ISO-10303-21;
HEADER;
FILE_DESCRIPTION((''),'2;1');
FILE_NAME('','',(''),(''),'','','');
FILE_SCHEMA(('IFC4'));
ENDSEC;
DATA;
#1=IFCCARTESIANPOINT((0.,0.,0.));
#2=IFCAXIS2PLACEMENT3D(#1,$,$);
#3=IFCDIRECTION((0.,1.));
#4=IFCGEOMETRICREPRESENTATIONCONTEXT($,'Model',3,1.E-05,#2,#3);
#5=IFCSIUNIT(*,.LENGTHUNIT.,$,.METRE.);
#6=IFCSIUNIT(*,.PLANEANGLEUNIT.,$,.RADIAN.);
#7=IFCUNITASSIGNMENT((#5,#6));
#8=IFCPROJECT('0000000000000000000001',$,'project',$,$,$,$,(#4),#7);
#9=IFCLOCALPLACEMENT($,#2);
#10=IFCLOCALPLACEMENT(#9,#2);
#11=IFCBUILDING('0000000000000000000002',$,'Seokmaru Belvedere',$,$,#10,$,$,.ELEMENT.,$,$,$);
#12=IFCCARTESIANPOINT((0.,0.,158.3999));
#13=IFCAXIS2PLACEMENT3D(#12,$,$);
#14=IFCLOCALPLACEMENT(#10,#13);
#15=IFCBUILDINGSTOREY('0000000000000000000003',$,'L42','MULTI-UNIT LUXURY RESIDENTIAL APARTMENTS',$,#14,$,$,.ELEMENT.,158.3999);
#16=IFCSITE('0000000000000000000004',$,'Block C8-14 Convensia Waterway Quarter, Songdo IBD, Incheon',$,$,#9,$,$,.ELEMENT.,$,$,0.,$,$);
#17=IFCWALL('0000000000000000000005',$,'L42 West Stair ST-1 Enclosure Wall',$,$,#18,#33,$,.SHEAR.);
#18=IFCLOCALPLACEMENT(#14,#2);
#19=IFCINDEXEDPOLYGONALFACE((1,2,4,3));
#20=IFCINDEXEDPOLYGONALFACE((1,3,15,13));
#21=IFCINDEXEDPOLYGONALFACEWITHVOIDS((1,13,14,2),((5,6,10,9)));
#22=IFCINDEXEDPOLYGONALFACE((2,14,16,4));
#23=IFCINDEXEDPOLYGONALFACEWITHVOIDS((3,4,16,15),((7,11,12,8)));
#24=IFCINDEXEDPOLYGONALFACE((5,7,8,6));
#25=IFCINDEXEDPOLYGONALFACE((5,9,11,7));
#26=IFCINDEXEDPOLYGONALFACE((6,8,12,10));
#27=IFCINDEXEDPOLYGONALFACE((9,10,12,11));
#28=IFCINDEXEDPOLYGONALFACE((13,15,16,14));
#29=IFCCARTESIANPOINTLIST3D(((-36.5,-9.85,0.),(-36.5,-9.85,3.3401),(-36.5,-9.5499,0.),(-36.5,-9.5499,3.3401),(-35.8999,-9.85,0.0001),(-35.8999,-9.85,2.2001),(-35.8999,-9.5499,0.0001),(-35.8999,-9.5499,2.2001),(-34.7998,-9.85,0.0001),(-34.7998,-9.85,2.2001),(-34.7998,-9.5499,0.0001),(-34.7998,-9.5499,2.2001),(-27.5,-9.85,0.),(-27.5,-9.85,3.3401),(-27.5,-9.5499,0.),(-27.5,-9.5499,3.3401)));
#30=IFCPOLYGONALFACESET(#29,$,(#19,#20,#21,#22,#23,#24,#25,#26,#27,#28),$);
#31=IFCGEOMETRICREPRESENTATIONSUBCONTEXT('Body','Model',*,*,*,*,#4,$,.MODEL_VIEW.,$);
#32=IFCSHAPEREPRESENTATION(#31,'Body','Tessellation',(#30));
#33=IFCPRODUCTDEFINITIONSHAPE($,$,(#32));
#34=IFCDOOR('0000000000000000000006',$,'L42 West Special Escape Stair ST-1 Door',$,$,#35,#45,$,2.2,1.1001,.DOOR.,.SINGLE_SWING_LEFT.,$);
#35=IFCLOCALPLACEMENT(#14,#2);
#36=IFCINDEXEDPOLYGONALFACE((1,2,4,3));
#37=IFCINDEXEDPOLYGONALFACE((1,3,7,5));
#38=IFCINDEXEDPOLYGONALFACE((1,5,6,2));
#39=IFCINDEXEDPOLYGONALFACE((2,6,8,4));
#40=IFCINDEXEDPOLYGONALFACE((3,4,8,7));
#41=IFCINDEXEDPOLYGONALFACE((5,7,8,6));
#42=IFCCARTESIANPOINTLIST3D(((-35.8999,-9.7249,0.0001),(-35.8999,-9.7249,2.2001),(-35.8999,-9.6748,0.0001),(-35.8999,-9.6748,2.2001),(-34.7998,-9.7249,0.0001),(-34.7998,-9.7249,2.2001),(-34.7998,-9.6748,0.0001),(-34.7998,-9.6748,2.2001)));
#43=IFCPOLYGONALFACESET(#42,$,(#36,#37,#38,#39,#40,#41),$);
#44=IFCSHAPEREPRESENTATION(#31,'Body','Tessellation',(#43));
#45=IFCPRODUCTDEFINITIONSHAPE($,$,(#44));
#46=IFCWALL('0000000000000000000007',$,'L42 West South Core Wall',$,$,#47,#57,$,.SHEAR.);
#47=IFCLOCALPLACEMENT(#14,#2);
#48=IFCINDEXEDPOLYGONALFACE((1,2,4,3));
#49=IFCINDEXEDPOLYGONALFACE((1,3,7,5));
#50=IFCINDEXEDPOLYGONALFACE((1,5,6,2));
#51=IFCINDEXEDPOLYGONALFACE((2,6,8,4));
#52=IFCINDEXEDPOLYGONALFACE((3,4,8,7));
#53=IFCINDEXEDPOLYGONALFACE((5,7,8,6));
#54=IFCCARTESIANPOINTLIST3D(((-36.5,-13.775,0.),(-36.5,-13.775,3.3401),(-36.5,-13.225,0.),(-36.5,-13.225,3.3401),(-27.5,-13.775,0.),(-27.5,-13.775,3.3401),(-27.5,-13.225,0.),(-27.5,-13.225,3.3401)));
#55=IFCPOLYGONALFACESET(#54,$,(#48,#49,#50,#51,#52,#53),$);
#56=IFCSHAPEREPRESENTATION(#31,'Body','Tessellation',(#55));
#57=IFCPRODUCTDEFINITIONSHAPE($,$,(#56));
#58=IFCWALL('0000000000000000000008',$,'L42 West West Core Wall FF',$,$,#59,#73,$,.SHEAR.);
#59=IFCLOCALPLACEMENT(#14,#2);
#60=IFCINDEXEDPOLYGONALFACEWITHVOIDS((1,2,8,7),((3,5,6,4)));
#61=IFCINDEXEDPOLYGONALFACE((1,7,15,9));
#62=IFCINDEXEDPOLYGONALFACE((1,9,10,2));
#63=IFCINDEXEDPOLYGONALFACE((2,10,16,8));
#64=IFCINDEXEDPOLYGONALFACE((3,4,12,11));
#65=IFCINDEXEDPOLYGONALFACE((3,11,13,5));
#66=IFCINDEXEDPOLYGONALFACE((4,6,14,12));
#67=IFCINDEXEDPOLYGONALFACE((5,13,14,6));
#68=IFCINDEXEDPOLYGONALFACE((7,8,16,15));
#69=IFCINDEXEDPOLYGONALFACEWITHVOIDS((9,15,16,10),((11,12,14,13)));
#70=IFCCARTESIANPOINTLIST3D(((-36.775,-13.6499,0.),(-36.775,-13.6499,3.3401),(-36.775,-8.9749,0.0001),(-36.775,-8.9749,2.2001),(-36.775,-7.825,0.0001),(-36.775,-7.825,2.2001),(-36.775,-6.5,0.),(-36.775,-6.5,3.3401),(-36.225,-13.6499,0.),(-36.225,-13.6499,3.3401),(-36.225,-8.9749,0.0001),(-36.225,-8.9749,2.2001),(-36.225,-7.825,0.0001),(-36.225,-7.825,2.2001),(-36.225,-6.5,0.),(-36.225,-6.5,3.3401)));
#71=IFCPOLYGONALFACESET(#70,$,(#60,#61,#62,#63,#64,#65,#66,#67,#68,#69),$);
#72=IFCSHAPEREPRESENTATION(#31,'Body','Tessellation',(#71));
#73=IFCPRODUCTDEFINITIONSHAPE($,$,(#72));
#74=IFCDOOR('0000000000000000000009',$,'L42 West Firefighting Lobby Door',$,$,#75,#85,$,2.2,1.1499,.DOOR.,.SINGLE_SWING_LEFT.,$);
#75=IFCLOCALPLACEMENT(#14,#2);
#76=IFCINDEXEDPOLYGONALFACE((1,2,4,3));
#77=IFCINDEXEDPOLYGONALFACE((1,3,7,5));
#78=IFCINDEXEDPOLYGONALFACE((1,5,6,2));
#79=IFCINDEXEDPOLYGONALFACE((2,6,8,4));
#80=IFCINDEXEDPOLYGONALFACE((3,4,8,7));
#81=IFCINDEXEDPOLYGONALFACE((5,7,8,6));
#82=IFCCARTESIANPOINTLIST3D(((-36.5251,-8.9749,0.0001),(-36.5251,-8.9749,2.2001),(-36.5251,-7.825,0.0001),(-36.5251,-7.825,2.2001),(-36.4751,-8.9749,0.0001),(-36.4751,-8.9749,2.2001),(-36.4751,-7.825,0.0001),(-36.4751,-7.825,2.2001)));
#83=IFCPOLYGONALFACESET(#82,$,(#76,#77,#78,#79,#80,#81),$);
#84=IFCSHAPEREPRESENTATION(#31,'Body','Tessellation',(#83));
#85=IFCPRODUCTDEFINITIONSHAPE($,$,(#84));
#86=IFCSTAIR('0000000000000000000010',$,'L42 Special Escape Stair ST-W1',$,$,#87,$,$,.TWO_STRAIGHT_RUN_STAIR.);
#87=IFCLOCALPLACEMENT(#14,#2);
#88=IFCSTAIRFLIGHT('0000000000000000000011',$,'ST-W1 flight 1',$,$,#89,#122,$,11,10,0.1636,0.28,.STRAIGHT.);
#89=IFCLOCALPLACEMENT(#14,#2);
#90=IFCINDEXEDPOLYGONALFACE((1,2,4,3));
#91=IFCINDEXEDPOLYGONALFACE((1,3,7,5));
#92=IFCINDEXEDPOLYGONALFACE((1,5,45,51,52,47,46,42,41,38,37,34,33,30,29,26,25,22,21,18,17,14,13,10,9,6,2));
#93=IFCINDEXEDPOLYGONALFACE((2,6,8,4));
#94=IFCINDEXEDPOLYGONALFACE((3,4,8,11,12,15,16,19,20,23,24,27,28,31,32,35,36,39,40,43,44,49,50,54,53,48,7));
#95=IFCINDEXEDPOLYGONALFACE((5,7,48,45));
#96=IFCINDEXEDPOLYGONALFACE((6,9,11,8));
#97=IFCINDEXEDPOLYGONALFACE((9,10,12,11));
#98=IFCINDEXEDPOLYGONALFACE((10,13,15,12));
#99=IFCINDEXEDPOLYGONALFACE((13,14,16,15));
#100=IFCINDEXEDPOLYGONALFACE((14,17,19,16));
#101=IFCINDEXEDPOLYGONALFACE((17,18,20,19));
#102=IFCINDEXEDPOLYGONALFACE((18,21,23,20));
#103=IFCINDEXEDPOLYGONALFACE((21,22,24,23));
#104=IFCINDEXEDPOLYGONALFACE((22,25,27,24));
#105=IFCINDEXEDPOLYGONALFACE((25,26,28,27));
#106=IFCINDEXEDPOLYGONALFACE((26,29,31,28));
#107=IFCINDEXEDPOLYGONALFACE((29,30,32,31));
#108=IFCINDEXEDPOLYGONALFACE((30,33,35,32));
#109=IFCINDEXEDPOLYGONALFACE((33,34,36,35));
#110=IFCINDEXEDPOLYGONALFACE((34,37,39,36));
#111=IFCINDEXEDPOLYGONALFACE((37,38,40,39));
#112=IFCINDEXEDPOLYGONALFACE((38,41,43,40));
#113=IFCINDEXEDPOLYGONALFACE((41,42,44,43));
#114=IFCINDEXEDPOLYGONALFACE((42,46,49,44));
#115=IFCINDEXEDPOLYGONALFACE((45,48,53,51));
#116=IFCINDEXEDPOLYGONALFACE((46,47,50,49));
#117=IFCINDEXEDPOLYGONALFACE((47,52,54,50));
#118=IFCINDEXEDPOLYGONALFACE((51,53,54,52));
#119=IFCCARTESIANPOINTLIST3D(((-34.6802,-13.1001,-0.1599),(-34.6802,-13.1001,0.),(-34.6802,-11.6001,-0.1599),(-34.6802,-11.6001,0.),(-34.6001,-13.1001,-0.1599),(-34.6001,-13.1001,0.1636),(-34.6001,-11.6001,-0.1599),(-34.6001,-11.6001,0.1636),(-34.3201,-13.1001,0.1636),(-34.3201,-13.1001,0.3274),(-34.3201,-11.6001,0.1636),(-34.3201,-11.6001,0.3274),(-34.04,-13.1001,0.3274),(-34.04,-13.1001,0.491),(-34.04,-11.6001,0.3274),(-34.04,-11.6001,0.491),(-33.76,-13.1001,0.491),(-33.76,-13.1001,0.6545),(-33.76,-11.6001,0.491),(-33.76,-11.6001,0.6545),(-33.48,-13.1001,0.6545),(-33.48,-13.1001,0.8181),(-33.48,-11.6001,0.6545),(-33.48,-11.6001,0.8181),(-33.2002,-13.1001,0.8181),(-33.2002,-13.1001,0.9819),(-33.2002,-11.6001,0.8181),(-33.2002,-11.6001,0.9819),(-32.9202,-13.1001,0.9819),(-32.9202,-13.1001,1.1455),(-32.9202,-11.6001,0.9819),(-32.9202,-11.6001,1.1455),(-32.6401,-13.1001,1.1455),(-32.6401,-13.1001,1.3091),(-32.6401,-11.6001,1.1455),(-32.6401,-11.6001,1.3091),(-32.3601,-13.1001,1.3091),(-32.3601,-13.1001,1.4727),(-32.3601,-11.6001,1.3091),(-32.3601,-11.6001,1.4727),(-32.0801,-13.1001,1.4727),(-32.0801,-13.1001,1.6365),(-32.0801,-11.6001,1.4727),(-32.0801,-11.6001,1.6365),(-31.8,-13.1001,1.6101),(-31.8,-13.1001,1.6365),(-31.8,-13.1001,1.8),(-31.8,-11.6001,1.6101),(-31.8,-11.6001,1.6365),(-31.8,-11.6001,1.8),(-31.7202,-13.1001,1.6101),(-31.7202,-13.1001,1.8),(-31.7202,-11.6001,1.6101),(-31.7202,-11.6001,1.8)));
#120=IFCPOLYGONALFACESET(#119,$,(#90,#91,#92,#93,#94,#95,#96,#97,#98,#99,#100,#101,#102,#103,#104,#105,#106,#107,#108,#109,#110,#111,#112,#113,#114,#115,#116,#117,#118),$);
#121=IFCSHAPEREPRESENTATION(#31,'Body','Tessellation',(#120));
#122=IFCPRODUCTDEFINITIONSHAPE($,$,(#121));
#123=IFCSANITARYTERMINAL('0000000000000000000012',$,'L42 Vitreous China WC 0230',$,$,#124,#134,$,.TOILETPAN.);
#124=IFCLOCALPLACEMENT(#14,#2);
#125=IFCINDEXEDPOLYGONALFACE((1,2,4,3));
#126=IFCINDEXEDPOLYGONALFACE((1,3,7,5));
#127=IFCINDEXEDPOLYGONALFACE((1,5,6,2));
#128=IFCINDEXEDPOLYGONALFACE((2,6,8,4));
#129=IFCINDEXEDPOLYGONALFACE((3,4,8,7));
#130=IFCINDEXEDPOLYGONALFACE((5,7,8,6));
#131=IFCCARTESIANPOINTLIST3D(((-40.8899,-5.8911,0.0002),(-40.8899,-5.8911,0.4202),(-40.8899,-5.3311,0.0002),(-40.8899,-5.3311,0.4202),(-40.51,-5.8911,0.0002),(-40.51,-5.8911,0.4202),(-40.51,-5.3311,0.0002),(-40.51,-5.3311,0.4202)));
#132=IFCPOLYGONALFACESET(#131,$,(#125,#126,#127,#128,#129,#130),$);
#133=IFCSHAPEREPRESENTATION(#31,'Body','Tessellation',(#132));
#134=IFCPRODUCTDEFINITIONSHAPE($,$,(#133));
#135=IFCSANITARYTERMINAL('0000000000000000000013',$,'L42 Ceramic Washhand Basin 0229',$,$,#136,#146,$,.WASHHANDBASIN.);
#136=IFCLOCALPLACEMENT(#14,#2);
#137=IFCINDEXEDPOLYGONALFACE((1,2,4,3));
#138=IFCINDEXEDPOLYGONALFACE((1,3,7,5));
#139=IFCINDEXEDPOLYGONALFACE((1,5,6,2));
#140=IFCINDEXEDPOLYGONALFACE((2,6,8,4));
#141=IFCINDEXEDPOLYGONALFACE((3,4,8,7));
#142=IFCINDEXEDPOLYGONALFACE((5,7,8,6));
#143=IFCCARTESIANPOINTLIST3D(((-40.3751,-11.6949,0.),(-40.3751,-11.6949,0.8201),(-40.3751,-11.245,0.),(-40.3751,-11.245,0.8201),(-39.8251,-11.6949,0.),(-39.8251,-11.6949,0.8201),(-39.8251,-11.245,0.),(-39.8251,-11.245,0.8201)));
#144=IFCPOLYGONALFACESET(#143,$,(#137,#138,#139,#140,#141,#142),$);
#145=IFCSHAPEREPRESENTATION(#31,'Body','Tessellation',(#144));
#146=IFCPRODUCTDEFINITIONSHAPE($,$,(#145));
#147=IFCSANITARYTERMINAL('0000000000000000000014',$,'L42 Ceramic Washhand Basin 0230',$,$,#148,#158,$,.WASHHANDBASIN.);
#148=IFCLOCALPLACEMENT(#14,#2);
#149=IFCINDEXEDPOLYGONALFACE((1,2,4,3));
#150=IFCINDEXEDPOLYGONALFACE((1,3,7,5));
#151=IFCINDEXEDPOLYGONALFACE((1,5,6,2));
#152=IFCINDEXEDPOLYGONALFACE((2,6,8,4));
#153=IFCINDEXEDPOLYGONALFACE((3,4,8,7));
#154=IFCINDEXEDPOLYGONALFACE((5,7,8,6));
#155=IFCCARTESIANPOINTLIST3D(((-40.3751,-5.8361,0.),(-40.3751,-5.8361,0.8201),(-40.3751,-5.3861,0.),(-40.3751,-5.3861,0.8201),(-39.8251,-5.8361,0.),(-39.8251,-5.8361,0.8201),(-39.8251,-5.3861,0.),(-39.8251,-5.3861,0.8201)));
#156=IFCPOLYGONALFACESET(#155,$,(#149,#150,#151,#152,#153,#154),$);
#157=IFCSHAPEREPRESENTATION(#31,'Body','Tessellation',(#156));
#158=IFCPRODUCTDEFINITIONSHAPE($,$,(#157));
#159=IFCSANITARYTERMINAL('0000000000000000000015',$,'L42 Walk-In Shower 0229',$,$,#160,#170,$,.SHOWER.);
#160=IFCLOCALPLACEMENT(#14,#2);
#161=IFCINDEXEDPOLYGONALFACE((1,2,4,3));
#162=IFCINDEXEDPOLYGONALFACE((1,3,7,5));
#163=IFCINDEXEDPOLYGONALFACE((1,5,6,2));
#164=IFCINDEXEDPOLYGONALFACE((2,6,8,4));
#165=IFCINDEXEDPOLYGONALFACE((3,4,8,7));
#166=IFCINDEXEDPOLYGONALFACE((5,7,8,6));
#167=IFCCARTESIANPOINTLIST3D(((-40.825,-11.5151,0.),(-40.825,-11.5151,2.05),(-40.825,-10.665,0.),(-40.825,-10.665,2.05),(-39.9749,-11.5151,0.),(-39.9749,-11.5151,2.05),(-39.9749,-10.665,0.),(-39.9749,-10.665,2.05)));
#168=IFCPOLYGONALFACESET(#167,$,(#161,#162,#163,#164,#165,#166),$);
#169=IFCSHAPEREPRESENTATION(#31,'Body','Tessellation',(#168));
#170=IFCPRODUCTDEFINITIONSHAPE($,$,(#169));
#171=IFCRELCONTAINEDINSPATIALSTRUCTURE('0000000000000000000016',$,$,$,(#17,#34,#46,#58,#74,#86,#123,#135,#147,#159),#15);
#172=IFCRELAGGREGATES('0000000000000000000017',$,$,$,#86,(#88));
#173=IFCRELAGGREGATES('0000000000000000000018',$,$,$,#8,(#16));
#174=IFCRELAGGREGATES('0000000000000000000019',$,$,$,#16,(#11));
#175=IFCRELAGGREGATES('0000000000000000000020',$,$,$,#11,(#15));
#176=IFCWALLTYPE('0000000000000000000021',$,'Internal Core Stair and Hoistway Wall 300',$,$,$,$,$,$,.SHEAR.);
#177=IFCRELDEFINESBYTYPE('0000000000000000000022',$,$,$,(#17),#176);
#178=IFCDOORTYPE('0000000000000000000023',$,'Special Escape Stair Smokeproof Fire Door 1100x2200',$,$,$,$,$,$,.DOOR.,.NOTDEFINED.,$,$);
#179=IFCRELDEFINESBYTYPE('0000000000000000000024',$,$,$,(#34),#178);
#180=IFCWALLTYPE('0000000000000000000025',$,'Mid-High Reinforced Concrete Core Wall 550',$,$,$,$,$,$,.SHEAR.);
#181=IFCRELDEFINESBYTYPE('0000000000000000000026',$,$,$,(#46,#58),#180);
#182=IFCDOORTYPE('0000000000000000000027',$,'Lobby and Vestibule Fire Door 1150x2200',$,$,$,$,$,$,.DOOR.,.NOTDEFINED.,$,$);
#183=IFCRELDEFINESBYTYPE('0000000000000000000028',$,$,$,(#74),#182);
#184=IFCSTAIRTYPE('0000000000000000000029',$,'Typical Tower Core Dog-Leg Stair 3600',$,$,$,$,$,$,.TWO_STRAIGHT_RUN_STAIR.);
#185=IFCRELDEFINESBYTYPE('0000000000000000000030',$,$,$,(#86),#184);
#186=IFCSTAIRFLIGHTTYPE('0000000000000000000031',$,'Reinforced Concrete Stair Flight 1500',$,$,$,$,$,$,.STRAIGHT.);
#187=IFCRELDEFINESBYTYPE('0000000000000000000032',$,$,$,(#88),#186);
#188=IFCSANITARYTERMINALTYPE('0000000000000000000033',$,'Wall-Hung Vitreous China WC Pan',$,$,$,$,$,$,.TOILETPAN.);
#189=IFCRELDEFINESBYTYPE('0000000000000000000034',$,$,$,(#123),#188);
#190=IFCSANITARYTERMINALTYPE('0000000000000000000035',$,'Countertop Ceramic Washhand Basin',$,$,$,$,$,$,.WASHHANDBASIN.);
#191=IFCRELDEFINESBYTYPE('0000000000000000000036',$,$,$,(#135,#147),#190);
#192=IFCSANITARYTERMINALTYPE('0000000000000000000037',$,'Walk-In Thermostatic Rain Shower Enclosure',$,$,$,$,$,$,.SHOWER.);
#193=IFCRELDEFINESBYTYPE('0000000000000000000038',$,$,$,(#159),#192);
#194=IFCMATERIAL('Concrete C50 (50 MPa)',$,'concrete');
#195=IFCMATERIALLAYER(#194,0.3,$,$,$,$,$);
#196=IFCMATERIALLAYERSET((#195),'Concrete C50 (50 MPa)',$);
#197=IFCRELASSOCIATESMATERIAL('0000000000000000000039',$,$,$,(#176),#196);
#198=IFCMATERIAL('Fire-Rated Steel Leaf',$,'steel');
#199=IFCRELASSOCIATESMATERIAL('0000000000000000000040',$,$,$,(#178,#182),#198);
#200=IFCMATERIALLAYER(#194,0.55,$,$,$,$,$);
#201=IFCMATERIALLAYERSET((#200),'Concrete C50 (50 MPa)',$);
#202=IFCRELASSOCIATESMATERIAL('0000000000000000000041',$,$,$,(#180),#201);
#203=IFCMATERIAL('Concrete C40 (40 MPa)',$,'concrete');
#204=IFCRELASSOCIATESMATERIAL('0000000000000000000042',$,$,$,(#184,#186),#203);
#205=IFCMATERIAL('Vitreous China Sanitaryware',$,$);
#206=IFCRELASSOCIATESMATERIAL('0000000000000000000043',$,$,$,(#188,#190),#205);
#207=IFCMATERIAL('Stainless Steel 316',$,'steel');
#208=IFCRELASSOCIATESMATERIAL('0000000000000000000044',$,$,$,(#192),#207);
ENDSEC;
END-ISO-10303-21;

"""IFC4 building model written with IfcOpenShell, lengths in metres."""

from ifc_helpers import new_model, si_unit, direction, frame, frame_2d, origin, origin_2d, place, context, subcontext, project, spatial, polyline, rectangle, outline, extrude, source, transform, mapped, material, layer, layer_set, type_object, type_shapes, element, fill, aggregate, save


model = new_model("IFC4")

# Units and contexts
model_context = context("Model", 3, precision=1e-05, world=origin(), true_north=direction((0.0, 1.0)))
body_context = subcontext(model_context, "Body", "Model", "MODEL_VIEW")
ifc_project = project(units=[si_unit("LENGTHUNIT", "METRE"), si_unit("PLANEANGLEUNIT", "RADIAN")], contexts=[model_context])

# Site, building, storey
site_placement = place(None, origin())
site = spatial("IfcSite", under=ifc_project, at=site_placement, Name="Block C8-14 Convensia Waterway Quarter, Songdo IBD, Incheon", CompositionType="ELEMENT", RefElevation=0.0)
building_placement = place(site_placement, origin())
building = spatial("IfcBuilding", under=site, at=building_placement, Name="Seokmaru Belvedere", CompositionType="ELEMENT")
storey_placement = place(building_placement, frame((0.0, 0.0, 158.3999)))
storey = spatial("IfcBuildingStorey", under=building, at=storey_placement, Name="L42", Description="MULTI-UNIT LUXURY RESIDENTIAL APARTMENTS", CompositionType="ELEMENT", Elevation=158.3999)

# Shared definitions
ifc_material_1 = material(Name="Fire-Rated Steel Leaf", Category="steel")

# Wall, opening, door
ifc_material_2 = material(Name="Concrete C50 (50 MPa)", Category="concrete")
ifc_layer_1 = layer(ifc_material_2, 0.3)
ifc_layer_set_1 = layer_set([ifc_layer_1], Name="Concrete C50 (50 MPa)")
wall_type_1 = type_object("IfcWallType", Name="Internal Core Stair and Hoistway Wall 300", PredefinedType="SHEAR", material=ifc_layer_set_1)
wall_1_placement = place(storey_placement, frame((-36.5, -9.7, 0.0), z_axis=(0.0, 0.0, 1.0), x_axis=(1.0, 0.0, 0.0)))
wall_1 = element("IfcWall", 1, at=wall_1_placement, inside=storey, type_object=wall_type_1, Name="L42 West Stair ST-1 Enclosure Wall", PredefinedType="SHEAR", context=body_context, shape_type="SweptSolid", body=[
    extrude(rectangle(XDim=9.0, YDim=0.3, at=frame_2d((4.5, 0.0))), origin(), (0.0, 0.0, 1.0), 3.3401),
])
opening_1_placement = place(wall_1_placement, frame((0.6001, 0.0, 0.0)))
opening_1 = element("IfcOpeningElement", 2, at=opening_1_placement, cuts=wall_1, PredefinedType="OPENING", context=body_context, shape_type="SweptSolid", body=[
    extrude(rectangle(XDim=1.1001, YDim=2.2, at=frame_2d((0.55, 1.1001))), frame((0.0, 0.1602, 0.0), z_axis=(0.0, -1.0, 0.0), x_axis=(1.0, 0.0, 0.0)), (0.0, 0.0, 1.0), 0.3201),
])
door_type_1 = type_object("IfcDoorType", Name="Special Escape Stair Smokeproof Fire Door 1100x2200", OperationType="NOTDEFINED", PredefinedType="DOOR", material=ifc_material_1)
shared_shape_1 = source(origin(), body_context, "Body", "SweptSolid", [
    extrude(rectangle(XDim=1.1001, YDim=2.2, at=frame_2d((0.55, 1.1001))), frame((0.0, 0.0249, 0.0), z_axis=(0.0, -1.0, 0.0), x_axis=(1.0, 0.0, 0.0)), (0.0, 0.0, 1.0), 0.05),
])
type_shapes(door_type_1, [shared_shape_1])
door_1_placement = place(opening_1_placement, frame((1.1001, 0.0, 0.0), z_axis=(0.0, 0.0, 1.0), x_axis=(-1.0, 0.0, 0.0)))
door_1 = element("IfcDoor", 3, at=door_1_placement, inside=storey, type_object=door_type_1, Name="L42 West Special Escape Stair ST-1 Door", OperationType="SINGLE_SWING_LEFT", OverallHeight=2.2, OverallWidth=1.1001, PredefinedType="DOOR", context=body_context, shape_type="MappedRepresentation", body=[
    mapped(shared_shape_1, transform((0.0, 0.0, 0.0), scale=1.0)),
])
fill(opening_1, door_1)

# Wall
ifc_layer_2 = layer(ifc_material_2, 0.55)
ifc_layer_set_2 = layer_set([ifc_layer_2], Name="Concrete C50 (50 MPa)")
wall_type_2 = type_object("IfcWallType", Name="Mid-High Reinforced Concrete Core Wall 550", PredefinedType="SHEAR", material=ifc_layer_set_2)
wall_2_placement = place(storey_placement, frame((-36.5, -13.5, 0.0), z_axis=(0.0, 0.0, 1.0), x_axis=(1.0, 0.0, 0.0)))
element("IfcWall", 4, at=wall_2_placement, inside=storey, type_object=wall_type_2, Name="L42 West South Core Wall", PredefinedType="SHEAR", context=body_context, shape_type="SweptSolid", body=[
    extrude(rectangle(XDim=9.0, YDim=0.55, at=frame_2d((4.5, 0.0))), origin(), (0.0, 0.0, 1.0), 3.3401),
])

# Wall, opening, door
wall_3_placement = place(storey_placement, frame((-36.5, -13.6499, 0.0), z_axis=(0.0, 0.0, 1.0), x_axis=(0.0, 1.0, 0.0)))
wall_3 = element("IfcWall", 5, at=wall_3_placement, inside=storey, type_object=wall_type_2, Name="L42 West West Core Wall FF", PredefinedType="SHEAR", context=body_context, shape_type="SweptSolid", body=[
    extrude(rectangle(XDim=7.1499, YDim=0.55, at=frame_2d((3.575, 0.0))), origin(), (0.0, 0.0, 1.0), 3.3401),
])
opening_2_placement = place(wall_3_placement, frame((4.675, 0.0, 0.0)))
opening_2 = element("IfcOpeningElement", 6, at=opening_2_placement, cuts=wall_3, PredefinedType="OPENING", context=body_context, shape_type="SweptSolid", body=[
    extrude(rectangle(XDim=1.1499, YDim=2.2, at=frame_2d((0.575, 1.1001))), frame((0.0, 0.2852, 0.0), z_axis=(0.0, -1.0, 0.0), x_axis=(1.0, 0.0, 0.0)), (0.0, 0.0, 1.0), 0.5701),
])
door_type_2 = type_object("IfcDoorType", Name="Lobby and Vestibule Fire Door 1150x2200", OperationType="NOTDEFINED", PredefinedType="DOOR", material=ifc_material_1)
shared_shape_2 = source(origin(), body_context, "Body", "SweptSolid", [
    extrude(rectangle(XDim=1.1499, YDim=2.2, at=frame_2d((0.575, 1.1001))), frame((0.0, 0.0249, 0.0), z_axis=(0.0, -1.0, 0.0), x_axis=(1.0, 0.0, 0.0)), (0.0, 0.0, 1.0), 0.05),
])
type_shapes(door_type_2, [shared_shape_2])
door_2_placement = place(opening_2_placement, frame((1.1499, 0.0, 0.0), z_axis=(0.0, 0.0, 1.0), x_axis=(-1.0, 0.0, 0.0)))
door_2 = element("IfcDoor", 7, at=door_2_placement, inside=storey, type_object=door_type_2, Name="L42 West Firefighting Lobby Door", OperationType="SINGLE_SWING_LEFT", OverallHeight=2.2, OverallWidth=1.1499, PredefinedType="DOOR", context=body_context, shape_type="MappedRepresentation", body=[
    mapped(shared_shape_2, transform((0.0, 0.0, 0.0), scale=1.0)),
])
fill(opening_2, door_2)

# Stair, stair flight
ifc_material_3 = material(Name="Concrete C40 (40 MPa)", Category="concrete")
stair_type = type_object("IfcStairType", Name="Typical Tower Core Dog-Leg Stair 3600", PredefinedType="TWO_STRAIGHT_RUN_STAIR", material=ifc_material_3)
stair_placement = place(storey_placement, origin())
stair = element("IfcStair", 8, at=stair_placement, inside=storey, type_object=stair_type, Name="L42 Special Escape Stair ST-W1", PredefinedType="TWO_STRAIGHT_RUN_STAIR")
stair_flight_type = type_object("IfcStairFlightType", Name="Reinforced Concrete Stair Flight 1500", PredefinedType="STRAIGHT", material=ifc_material_3)
stair_flight_placement = place(storey_placement, frame((-34.6001, -12.3501, 0.0), z_axis=(0.0, 0.0, 1.0), x_axis=(1.0, 0.0, 0.0)))
stair_flight = element("IfcStairFlight", 9, at=stair_flight_placement, type_object=stair_flight_type, Name="ST-W1 flight 1", NumberOfRisers=11, NumberOfTreads=10, PredefinedType="STRAIGHT", RiserHeight=0.1636, TreadLength=0.28, context=body_context, shape_type="SweptSolid", body=[
    extrude(outline(polyline([(-0.0801, 0.0), (0.0, 0.1636), (0.28, 0.1636), (0.28, 0.3274), (0.5601, 0.3274), (0.5601, 0.491), (0.8401, 0.491), (0.8401, 0.6545), (1.1201, 0.6545), (1.1201, 0.8181), (1.3999, 0.8181), (1.3999, 0.9819), (1.6799, 0.9819), (1.6799, 1.1455), (1.96, 1.1455), (1.96, 1.3091), (2.24, 1.3091), (2.24, 1.4727), (2.52, 1.4727), (2.52, 1.6365), (2.8, 1.6365), (2.8, 1.8), (2.8799, 1.8), (2.8799, 1.6101), (2.8, 1.6101), (0.0, -0.1599), (-0.0801, -0.1599), (-0.0801, 0.0)])), frame((0.0, 0.75, 0.0), z_axis=(0.0, -1.0, 0.0), x_axis=(1.0, 0.0, 0.0)), (0.0, 0.0, 1.0), 1.5),
])
aggregate(stair, [stair_flight])

# Shared definitions
ifc_material_4 = material(Name="Stainless Steel 316", Category="steel")

# Sanitary terminals
ifc_material_5 = material(Name="Vitreous China Sanitaryware")
sanitary_terminal_type_1 = type_object("IfcSanitaryTerminalType", Name="Wall-Hung Vitreous China WC Pan", PredefinedType="TOILETPAN", material=ifc_material_5)
shared_shape_3 = source(origin(), body_context, "Body", "SweptSolid", [
    extrude(rectangle(XDim=0.3799, YDim=0.5601, at=origin_2d()), origin(), (0.0, 0.0, 1.0), 0.4199),
])
type_shapes(sanitary_terminal_type_1, [shared_shape_3])
sanitary_terminal_placement = place(storey_placement, frame((-40.7, -5.6111, 0.0002), z_axis=(0.0, 0.0, 1.0), x_axis=(1.0, 0.0, 0.0)))
element("IfcSanitaryTerminal", 10, at=sanitary_terminal_placement, inside=storey, type_object=sanitary_terminal_type_1, Name="L42 Vitreous China WC 0230", PredefinedType="TOILETPAN", context=body_context, shape_type="MappedRepresentation", body=[
    mapped(shared_shape_3, transform((0.0, 0.0, 0.0), scale=1.0)),
])
sanitary_terminal_type_2 = type_object("IfcSanitaryTerminalType", Name="Countertop Ceramic Washhand Basin", PredefinedType="WASHHANDBASIN", material=ifc_material_5)
shared_shape_4 = source(origin(), body_context, "Body", "SweptSolid", [
    extrude(rectangle(XDim=0.55, YDim=0.45, at=origin_2d()), origin(), (0.0, 0.0, 1.0), 0.8201),
])
type_shapes(sanitary_terminal_type_2, [shared_shape_4])
for number, where, z_axis, x_axis, name in (
    (11, (-40.1001, -11.47, 0.0), (0.0, 0.0, 1.0), (1.0, 0.0, 0.0), "L42 Ceramic Washhand Basin 0229"),
    (12, (-40.1001, -5.6111, 0.0), (0.0, 0.0, 1.0), (1.0, 0.0, 0.0), "L42 Ceramic Washhand Basin 0230"),
):
    element("IfcSanitaryTerminal", number, at=place(storey_placement, frame(where, z_axis=z_axis, x_axis=x_axis)), inside=storey, type_object=sanitary_terminal_type_2, Name=name, PredefinedType="WASHHANDBASIN", context=body_context, shape_type="MappedRepresentation", body=[
        mapped(shared_shape_4, transform((0.0, 0.0, 0.0), scale=1.0)),
    ])
sanitary_terminal_type_3 = type_object("IfcSanitaryTerminalType", Name="Walk-In Thermostatic Rain Shower Enclosure", PredefinedType="SHOWER", material=ifc_material_4)
shared_shape_5 = source(origin(), body_context, "Body", "SweptSolid", [
    extrude(rectangle(XDim=0.8501, YDim=0.8501, at=origin_2d()), origin(), (0.0, 0.0, 1.0), 2.05),
])
type_shapes(sanitary_terminal_type_3, [shared_shape_5])
for number, where, z_axis, x_axis, name in (
    (13, (-40.3999, -11.0901, 0.0), (0.0, 0.0, 1.0), (1.0, 0.0, 0.0), "L42 Walk-In Shower 0229"),
):
    element("IfcSanitaryTerminal", number, at=place(storey_placement, frame(where, z_axis=z_axis, x_axis=x_axis)), inside=storey, type_object=sanitary_terminal_type_3, Name=name, PredefinedType="SHOWER", context=body_context, shape_type="MappedRepresentation", body=[
        mapped(shared_shape_5, transform((0.0, 0.0, 0.0), scale=1.0)),
    ])

save(model, "model.ifc")
